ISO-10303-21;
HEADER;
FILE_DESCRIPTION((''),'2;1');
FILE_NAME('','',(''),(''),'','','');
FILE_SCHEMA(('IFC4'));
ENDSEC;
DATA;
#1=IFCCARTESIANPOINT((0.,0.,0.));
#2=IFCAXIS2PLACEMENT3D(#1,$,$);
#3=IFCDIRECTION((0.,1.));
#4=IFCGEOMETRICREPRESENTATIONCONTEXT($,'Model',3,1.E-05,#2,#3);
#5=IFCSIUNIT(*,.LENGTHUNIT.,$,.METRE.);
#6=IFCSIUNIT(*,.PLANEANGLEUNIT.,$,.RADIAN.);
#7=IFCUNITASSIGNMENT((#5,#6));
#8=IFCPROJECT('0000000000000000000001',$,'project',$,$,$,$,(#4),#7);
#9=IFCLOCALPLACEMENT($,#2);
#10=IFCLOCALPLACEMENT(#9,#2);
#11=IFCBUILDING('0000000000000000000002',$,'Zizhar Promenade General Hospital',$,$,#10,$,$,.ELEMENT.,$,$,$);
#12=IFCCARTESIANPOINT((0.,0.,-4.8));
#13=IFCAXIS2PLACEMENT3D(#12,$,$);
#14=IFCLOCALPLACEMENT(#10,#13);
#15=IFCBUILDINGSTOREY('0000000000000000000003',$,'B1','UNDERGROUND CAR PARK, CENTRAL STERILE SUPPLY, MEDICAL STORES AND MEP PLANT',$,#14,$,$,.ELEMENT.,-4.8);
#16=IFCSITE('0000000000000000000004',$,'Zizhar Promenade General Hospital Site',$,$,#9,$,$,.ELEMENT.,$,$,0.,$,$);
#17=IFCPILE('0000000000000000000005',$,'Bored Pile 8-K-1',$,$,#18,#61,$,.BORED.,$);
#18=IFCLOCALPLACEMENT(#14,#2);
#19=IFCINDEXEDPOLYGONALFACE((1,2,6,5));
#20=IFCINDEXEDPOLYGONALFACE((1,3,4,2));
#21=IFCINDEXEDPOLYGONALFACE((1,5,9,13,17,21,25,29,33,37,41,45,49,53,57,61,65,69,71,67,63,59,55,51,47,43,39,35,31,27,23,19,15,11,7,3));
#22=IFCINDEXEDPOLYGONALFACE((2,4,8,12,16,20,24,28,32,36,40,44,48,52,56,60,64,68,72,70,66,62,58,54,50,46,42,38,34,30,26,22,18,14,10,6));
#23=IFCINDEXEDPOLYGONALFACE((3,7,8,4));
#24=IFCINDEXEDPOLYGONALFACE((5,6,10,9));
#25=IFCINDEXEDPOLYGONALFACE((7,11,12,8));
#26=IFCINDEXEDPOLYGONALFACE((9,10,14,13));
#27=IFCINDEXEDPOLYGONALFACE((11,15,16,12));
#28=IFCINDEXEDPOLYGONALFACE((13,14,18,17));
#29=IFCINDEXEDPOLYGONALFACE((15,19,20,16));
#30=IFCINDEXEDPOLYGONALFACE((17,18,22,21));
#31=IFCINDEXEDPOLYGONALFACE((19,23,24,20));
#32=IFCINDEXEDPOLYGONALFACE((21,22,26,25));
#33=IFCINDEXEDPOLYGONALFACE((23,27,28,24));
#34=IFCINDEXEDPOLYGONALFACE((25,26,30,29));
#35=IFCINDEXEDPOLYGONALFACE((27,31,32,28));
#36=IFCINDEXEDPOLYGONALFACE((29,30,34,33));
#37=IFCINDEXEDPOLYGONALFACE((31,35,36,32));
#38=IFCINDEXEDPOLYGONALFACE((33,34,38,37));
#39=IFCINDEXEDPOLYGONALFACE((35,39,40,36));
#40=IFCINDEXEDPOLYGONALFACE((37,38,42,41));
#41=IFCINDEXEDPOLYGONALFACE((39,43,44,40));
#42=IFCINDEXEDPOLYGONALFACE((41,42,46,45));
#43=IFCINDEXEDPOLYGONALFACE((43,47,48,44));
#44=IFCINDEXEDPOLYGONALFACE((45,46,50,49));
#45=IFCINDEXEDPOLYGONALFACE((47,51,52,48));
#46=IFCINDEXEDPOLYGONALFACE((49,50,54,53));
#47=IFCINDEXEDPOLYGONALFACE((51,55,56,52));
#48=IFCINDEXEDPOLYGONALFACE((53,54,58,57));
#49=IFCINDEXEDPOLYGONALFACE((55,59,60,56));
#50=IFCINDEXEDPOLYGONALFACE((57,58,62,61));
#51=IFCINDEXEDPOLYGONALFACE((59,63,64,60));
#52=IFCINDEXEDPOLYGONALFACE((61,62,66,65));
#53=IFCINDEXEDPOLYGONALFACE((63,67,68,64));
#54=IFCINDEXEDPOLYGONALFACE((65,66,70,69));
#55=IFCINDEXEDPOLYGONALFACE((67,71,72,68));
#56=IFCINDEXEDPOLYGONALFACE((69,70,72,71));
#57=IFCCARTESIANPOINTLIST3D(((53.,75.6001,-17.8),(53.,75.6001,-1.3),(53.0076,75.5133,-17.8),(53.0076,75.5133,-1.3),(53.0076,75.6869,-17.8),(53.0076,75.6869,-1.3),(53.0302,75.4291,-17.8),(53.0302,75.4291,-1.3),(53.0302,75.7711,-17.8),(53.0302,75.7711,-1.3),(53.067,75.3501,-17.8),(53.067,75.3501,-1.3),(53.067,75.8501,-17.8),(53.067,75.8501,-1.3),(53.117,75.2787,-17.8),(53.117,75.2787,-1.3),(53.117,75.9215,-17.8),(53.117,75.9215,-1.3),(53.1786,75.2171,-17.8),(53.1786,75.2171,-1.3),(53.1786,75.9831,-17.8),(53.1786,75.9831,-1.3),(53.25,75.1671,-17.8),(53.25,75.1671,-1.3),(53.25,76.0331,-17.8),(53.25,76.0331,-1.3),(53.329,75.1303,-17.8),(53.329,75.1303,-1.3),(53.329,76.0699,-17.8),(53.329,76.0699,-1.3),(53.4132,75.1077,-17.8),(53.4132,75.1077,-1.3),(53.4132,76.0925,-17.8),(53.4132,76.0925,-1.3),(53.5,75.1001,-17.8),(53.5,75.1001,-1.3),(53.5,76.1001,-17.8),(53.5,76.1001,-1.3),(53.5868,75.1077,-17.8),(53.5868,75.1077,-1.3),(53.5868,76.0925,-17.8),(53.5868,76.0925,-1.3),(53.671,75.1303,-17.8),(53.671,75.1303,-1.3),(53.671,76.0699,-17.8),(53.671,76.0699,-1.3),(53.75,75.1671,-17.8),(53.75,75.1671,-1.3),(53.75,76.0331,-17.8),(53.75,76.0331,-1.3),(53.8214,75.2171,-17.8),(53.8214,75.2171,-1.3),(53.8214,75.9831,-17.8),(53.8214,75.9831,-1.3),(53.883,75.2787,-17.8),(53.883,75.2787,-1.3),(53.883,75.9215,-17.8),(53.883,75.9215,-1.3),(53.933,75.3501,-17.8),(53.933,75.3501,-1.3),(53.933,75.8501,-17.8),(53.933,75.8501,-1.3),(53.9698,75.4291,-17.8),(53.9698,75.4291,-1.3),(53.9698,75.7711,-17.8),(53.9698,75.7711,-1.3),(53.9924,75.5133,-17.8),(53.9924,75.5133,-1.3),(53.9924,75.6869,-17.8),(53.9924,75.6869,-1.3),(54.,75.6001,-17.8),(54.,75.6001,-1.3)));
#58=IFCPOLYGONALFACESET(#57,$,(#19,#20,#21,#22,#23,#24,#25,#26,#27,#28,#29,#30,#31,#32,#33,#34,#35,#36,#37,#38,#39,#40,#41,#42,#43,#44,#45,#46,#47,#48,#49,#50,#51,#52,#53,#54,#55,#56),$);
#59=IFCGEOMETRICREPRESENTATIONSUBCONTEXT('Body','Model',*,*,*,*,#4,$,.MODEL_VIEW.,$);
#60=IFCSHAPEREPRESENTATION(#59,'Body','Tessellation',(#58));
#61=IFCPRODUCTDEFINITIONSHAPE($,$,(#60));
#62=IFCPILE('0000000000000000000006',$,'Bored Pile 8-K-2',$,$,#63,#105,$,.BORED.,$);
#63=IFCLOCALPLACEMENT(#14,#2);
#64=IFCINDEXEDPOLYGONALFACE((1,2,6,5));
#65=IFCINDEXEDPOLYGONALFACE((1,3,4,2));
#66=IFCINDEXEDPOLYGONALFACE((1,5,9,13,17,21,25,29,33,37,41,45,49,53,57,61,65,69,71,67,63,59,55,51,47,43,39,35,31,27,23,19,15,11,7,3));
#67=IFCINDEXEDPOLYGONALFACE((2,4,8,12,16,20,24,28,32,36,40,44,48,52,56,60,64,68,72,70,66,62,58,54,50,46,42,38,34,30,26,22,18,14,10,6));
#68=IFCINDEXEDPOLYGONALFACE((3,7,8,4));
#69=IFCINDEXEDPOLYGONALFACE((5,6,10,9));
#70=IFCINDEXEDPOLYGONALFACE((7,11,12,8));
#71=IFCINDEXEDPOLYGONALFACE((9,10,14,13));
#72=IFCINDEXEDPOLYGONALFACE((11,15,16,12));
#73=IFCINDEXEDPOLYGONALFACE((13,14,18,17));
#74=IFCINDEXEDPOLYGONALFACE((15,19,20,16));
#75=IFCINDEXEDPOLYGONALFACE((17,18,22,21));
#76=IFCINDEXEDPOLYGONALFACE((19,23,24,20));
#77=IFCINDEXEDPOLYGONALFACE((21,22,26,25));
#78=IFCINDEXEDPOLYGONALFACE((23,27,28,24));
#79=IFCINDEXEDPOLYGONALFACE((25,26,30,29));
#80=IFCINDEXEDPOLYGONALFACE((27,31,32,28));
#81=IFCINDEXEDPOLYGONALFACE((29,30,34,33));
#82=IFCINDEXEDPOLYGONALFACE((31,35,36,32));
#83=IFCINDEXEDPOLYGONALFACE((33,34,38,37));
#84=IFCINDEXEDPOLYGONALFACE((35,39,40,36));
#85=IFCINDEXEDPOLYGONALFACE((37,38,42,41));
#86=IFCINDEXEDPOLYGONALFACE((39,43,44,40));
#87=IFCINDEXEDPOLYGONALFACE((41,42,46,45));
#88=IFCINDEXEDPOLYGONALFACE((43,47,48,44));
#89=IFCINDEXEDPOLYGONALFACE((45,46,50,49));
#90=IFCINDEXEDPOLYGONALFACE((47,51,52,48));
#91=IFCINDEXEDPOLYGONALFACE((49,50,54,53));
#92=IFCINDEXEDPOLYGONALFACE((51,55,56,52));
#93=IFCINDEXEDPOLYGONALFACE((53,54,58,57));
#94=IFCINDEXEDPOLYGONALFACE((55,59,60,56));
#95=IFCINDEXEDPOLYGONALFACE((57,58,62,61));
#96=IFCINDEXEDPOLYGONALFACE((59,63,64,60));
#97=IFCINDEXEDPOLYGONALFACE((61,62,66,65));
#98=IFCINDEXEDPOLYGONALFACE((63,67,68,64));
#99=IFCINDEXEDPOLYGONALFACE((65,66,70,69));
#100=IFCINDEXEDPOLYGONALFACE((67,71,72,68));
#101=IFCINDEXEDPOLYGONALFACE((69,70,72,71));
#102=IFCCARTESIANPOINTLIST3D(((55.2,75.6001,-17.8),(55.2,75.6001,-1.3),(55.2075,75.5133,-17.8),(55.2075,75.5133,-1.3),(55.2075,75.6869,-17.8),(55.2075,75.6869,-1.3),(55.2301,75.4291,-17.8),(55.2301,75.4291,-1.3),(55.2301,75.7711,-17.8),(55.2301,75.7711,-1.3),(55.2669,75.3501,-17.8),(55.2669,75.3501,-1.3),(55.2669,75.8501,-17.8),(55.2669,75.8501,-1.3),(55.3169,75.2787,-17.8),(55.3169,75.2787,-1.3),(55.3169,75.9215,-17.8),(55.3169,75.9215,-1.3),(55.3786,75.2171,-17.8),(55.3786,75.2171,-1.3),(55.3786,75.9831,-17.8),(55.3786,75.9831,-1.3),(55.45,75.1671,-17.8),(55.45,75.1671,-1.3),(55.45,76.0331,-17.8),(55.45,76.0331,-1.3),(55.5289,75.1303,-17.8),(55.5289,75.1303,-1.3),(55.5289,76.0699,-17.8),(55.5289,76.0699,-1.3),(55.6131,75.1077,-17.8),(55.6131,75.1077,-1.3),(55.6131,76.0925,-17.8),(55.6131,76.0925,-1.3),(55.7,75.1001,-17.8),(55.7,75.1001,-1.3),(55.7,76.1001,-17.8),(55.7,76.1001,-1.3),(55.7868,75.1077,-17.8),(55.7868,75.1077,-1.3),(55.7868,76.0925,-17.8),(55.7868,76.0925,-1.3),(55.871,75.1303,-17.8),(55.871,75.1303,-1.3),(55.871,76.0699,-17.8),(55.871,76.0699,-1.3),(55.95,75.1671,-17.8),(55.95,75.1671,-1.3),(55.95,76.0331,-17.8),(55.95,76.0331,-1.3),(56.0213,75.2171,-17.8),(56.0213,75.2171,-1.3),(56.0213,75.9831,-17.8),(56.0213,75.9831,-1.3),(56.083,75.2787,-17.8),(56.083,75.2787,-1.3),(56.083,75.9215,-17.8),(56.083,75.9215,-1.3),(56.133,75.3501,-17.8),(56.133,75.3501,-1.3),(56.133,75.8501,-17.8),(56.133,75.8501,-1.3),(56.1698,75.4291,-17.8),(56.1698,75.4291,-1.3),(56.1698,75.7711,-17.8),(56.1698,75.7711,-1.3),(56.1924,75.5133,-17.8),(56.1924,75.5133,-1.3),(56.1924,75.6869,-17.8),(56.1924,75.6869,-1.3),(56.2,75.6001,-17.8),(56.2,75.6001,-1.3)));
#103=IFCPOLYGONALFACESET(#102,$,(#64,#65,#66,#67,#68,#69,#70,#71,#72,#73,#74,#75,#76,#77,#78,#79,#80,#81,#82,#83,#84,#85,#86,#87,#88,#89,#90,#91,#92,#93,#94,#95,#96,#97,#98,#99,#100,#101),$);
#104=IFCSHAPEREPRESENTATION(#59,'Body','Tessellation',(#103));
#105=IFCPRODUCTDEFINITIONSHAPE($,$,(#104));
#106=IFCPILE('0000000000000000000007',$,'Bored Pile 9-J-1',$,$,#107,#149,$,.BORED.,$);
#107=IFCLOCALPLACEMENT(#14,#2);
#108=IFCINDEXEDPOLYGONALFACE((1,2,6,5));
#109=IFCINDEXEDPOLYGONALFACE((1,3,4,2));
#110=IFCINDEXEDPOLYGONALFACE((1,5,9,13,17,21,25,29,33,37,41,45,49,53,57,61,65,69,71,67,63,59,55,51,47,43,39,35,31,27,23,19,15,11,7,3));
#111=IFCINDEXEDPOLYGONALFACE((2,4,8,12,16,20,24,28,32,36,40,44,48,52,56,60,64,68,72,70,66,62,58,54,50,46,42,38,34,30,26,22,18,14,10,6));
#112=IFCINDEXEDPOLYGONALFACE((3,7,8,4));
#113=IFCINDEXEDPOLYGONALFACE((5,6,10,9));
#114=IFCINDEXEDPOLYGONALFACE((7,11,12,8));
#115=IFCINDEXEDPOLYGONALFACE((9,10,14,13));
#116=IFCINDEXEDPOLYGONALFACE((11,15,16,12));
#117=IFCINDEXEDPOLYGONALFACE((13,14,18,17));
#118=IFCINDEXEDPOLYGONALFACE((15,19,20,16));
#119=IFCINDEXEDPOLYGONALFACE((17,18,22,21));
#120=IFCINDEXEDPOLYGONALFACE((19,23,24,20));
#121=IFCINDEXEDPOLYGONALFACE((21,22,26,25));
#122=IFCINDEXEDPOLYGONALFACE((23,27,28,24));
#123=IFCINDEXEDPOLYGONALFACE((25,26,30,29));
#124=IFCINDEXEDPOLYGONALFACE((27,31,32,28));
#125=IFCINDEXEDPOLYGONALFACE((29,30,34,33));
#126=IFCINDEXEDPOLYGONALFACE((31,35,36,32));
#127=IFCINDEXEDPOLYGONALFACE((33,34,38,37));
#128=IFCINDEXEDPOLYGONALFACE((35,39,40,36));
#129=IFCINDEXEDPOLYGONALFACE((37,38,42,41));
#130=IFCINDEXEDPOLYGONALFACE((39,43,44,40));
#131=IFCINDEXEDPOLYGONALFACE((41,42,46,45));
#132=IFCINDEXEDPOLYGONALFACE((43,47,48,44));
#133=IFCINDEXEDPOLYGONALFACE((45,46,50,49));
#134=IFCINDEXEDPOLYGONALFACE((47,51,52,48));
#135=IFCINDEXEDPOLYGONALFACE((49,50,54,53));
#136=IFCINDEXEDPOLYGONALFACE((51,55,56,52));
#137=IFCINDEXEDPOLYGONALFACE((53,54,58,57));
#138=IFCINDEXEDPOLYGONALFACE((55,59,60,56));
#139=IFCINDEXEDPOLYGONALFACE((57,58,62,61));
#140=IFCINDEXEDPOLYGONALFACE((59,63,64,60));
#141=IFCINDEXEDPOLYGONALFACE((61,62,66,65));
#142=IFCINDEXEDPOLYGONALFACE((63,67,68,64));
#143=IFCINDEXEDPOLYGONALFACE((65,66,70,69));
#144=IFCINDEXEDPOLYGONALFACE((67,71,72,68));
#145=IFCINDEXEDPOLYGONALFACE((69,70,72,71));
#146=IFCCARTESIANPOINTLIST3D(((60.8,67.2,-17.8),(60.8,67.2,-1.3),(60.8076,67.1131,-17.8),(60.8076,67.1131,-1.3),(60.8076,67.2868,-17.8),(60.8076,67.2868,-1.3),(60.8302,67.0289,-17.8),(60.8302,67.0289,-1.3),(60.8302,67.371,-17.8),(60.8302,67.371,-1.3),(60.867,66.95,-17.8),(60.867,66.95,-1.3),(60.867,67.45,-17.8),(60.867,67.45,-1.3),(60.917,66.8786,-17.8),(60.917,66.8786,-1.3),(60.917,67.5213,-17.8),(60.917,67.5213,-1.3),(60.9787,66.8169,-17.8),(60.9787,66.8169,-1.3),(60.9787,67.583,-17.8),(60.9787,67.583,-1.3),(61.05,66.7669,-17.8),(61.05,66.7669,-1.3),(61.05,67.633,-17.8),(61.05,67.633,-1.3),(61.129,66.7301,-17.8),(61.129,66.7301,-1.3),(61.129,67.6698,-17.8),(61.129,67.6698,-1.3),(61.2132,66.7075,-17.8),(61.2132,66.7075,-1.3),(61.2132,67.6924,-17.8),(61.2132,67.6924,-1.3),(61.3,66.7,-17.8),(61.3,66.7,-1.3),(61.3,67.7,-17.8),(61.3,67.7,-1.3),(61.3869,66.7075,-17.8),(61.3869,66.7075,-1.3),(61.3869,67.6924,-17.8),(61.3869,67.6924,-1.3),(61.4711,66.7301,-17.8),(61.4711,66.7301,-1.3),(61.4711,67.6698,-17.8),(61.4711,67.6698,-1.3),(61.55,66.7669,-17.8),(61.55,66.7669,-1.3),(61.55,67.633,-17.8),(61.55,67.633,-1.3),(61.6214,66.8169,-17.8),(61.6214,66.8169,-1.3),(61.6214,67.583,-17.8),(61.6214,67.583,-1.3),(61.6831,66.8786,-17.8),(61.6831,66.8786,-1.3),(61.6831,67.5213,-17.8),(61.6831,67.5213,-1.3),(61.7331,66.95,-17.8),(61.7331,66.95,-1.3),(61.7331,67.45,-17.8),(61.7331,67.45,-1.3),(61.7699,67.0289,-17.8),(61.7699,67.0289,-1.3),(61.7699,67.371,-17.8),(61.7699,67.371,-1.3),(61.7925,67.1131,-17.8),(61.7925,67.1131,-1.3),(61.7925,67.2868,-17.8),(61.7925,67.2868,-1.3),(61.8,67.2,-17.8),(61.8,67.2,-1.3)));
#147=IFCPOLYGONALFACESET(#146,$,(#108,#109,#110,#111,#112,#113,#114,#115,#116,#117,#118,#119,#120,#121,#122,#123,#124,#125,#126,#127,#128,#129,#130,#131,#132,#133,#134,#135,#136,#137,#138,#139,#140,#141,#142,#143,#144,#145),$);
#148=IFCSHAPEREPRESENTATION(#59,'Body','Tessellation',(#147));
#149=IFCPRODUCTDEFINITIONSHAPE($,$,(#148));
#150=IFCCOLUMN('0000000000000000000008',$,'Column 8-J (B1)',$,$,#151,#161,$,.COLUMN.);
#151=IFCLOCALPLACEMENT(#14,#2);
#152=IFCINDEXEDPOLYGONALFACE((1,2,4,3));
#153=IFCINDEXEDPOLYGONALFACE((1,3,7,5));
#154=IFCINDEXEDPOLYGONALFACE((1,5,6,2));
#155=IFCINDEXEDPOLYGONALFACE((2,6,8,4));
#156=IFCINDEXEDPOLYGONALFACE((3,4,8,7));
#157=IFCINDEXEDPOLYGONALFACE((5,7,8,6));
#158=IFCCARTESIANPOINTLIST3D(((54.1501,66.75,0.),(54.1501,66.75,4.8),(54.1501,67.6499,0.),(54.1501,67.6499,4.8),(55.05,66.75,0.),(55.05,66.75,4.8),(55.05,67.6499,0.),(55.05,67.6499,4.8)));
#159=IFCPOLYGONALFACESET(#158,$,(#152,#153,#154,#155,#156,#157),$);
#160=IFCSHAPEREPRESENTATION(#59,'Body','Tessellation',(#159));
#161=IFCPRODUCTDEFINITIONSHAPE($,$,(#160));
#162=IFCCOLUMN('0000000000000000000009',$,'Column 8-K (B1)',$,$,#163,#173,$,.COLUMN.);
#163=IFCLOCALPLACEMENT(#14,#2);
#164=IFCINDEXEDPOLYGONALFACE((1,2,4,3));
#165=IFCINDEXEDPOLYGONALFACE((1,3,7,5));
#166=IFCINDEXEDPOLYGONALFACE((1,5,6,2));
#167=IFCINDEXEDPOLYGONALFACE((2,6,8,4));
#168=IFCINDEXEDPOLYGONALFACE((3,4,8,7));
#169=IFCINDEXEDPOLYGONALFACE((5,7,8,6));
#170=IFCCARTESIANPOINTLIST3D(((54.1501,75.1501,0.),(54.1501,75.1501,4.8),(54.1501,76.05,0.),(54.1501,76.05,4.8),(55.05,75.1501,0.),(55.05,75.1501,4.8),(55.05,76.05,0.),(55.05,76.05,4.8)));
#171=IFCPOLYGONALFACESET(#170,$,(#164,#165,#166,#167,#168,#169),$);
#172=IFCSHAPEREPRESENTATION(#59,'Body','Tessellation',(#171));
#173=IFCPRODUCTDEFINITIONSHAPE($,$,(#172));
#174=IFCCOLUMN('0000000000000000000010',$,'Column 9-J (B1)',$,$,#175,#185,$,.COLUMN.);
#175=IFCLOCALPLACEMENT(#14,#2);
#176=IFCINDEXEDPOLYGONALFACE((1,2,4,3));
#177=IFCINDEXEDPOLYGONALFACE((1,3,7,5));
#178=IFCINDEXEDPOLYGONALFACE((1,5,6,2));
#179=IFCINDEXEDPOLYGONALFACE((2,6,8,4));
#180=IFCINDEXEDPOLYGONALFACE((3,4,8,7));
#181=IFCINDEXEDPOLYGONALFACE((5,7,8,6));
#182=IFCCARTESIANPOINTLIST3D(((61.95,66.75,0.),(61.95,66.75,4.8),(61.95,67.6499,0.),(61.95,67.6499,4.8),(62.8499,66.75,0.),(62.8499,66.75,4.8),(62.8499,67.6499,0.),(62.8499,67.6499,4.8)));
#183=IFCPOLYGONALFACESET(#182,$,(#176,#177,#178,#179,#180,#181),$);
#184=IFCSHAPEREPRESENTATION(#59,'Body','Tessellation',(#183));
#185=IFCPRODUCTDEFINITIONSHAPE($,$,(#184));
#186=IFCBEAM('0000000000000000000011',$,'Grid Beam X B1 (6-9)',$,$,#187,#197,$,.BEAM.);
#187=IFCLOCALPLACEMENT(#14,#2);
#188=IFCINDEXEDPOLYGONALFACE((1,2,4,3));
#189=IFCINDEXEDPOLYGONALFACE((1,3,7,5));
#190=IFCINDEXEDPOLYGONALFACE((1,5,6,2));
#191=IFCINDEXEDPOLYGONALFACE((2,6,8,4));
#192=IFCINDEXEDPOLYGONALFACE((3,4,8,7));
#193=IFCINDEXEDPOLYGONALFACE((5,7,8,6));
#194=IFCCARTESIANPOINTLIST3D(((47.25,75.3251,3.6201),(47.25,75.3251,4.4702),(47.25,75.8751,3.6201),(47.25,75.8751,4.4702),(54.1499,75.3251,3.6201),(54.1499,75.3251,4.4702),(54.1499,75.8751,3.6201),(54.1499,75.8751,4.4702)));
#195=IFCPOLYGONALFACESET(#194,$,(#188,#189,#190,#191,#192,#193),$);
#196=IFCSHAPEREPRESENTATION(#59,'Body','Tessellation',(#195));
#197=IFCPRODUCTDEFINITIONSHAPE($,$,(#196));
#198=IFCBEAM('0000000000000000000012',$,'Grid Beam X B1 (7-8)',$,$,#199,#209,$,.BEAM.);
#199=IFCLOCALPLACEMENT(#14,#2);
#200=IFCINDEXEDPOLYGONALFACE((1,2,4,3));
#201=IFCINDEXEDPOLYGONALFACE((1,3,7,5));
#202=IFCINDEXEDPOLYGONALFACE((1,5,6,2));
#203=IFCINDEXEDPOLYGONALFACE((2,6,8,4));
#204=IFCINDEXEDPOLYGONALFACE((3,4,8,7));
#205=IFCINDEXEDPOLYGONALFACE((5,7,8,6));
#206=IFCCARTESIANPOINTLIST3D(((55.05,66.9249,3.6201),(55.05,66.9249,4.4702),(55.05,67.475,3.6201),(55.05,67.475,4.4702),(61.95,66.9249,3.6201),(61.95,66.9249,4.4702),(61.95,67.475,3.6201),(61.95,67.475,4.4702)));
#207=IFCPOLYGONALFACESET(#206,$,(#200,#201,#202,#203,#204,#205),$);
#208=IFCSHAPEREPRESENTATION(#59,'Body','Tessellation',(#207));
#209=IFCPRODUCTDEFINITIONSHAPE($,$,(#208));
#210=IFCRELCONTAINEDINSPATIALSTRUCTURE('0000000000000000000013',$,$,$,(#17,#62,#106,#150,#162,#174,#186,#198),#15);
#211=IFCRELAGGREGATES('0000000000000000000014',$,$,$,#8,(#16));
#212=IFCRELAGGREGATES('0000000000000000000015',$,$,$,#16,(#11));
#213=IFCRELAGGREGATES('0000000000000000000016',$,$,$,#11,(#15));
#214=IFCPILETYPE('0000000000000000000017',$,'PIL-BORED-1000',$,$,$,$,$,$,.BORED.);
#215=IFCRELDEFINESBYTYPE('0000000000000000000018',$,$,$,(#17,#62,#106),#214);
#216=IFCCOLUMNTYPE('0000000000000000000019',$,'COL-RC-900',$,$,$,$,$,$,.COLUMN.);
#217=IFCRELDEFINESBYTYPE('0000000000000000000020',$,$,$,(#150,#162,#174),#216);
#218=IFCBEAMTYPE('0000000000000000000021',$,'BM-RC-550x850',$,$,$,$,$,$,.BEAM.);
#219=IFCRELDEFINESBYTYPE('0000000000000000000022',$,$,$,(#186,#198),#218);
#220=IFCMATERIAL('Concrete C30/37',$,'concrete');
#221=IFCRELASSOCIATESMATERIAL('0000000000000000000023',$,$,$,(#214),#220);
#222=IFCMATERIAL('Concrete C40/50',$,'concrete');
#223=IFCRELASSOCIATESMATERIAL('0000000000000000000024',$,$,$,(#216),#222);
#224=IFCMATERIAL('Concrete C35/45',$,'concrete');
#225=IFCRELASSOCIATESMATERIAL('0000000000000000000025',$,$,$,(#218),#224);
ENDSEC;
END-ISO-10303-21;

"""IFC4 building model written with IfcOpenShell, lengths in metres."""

from ifc_helpers import new_model, si_unit, direction, frame, origin, origin_2d, place, context, subcontext, project, spatial, rectangle, circle, extrude, material, material_profile, profile_set, type_object, element, save


model = new_model("IFC4")

# Units and contexts
model_context = context("Model", 3, precision=1e-05, world=origin(), true_north=direction((0.0, 1.0)))
body_context = subcontext(model_context, "Body", "Model", "MODEL_VIEW")
ifc_project = project(units=[si_unit("LENGTHUNIT", "METRE"), si_unit("PLANEANGLEUNIT", "RADIAN")], contexts=[model_context])

# Site, building, storey
site_placement = place(None, origin())
site = spatial("IfcSite", under=ifc_project, at=site_placement, Name="Zizhar Promenade General Hospital Site", CompositionType="ELEMENT", RefElevation=0.0)
building_placement = place(site_placement, origin())
building = spatial("IfcBuilding", under=site, at=building_placement, Name="Zizhar Promenade General Hospital", CompositionType="ELEMENT")
storey_placement = place(building_placement, frame((0.0, 0.0, -4.8)))
storey = spatial("IfcBuildingStorey", under=building, at=storey_placement, Name="B1", Description="UNDERGROUND CAR PARK, CENTRAL STERILE SUPPLY, MEDICAL STORES AND MEP PLANT", CompositionType="ELEMENT", Elevation=-4.8)

# Piles
ifc_material_1 = material(Name="Concrete C30/37", Category="concrete")
ifc_material_profile_1 = material_profile(ifc_material_1, circle(Radius=0.5, at=origin_2d()))
ifc_profile_set_1 = profile_set([ifc_material_profile_1], Name="Concrete C30/37")
pile_type = type_object("IfcPileType", Name="PIL-BORED-1000", PredefinedType="BORED", material=ifc_profile_set_1)
for number, where, z_axis, x_axis, name in (
    (1, (53.5, 75.6001, -1.3), (0.0, 0.0, -1.0), (1.0, 0.0, 0.0), "Bored Pile 8-K-1"),
    (2, (55.7, 75.6001, -1.3), (0.0, 0.0, -1.0), (1.0, 0.0, 0.0), "Bored Pile 8-K-2"),
    (3, (61.3, 67.2, -1.3), (0.0, 0.0, -1.0), (1.0, 0.0, 0.0), "Bored Pile 9-J-1"),
):
    element("IfcPile", number, at=place(storey_placement, frame(where, z_axis=z_axis, x_axis=x_axis)), inside=storey, type_object=pile_type, Name=name, PredefinedType="BORED", context=body_context, shape_type="SweptSolid", body=[
        extrude(circle(Radius=0.5, at=origin_2d()), origin(), (0.0, 0.0, 1.0), 16.5),
    ])

# Columns
ifc_material_2 = material(Name="Concrete C40/50", Category="concrete")
ifc_material_profile_2 = material_profile(ifc_material_2, rectangle(XDim=0.8999, YDim=0.8999, at=origin_2d()))
ifc_profile_set_2 = profile_set([ifc_material_profile_2], Name="Concrete C40/50")
column_type = type_object("IfcColumnType", Name="COL-RC-900", PredefinedType="COLUMN", material=ifc_profile_set_2)
for number, where, z_axis, x_axis, name in (
    (4, (54.6001, 67.2, 0.0), (0.0, 0.0, 1.0), (1.0, 0.0, 0.0), "Column 8-J (B1)"),
    (5, (54.6001, 75.6001, 0.0), (0.0, 0.0, 1.0), (1.0, 0.0, 0.0), "Column 8-K (B1)"),
    (6, (62.3999, 67.2, 0.0), (0.0, 0.0, 1.0), (1.0, 0.0, 0.0), "Column 9-J (B1)"),
):
    element("IfcColumn", number, at=place(storey_placement, frame(where, z_axis=z_axis, x_axis=x_axis)), inside=storey, type_object=column_type, Name=name, PredefinedType="COLUMN", context=body_context, shape_type="SweptSolid", body=[
        extrude(rectangle(XDim=0.8999, YDim=0.8999, at=origin_2d()), origin(), (0.0, 0.0, 1.0), 4.8),
    ])

# Beams
ifc_material_3 = material(Name="Concrete C35/45", Category="concrete")
ifc_material_profile_3 = material_profile(ifc_material_3, rectangle(XDim=0.55, YDim=0.8501, at=origin_2d()))
ifc_profile_set_3 = profile_set([ifc_material_profile_3], Name="Concrete C35/45")
beam_type_1 = type_object("IfcBeamType", Name="BM-RC-550x850", PredefinedType="BEAM", material=ifc_profile_set_3)
for number, where, z_axis, x_axis, name in (
    (7, (47.25, 75.6001, 4.0452), (1.0, 0.0, 0.0), (0.0, 1.0, 0.0), "Grid Beam X B1 (6-9)"),
    (8, (55.05, 67.2, 4.0452), (1.0, 0.0, 0.0), (0.0, 1.0, 0.0), "Grid Beam X B1 (7-8)"),
):
    element("IfcBeam", number, at=place(storey_placement, frame(where, z_axis=z_axis, x_axis=x_axis)), inside=storey, type_object=beam_type_1, Name=name, PredefinedType="BEAM", context=body_context, shape_type="SweptSolid", body=[
        extrude(rectangle(XDim=0.55, YDim=0.8501, at=origin_2d()), origin(), (0.0, 0.0, 1.0), 6.8999),
    ])

save(model, "model.ifc")
